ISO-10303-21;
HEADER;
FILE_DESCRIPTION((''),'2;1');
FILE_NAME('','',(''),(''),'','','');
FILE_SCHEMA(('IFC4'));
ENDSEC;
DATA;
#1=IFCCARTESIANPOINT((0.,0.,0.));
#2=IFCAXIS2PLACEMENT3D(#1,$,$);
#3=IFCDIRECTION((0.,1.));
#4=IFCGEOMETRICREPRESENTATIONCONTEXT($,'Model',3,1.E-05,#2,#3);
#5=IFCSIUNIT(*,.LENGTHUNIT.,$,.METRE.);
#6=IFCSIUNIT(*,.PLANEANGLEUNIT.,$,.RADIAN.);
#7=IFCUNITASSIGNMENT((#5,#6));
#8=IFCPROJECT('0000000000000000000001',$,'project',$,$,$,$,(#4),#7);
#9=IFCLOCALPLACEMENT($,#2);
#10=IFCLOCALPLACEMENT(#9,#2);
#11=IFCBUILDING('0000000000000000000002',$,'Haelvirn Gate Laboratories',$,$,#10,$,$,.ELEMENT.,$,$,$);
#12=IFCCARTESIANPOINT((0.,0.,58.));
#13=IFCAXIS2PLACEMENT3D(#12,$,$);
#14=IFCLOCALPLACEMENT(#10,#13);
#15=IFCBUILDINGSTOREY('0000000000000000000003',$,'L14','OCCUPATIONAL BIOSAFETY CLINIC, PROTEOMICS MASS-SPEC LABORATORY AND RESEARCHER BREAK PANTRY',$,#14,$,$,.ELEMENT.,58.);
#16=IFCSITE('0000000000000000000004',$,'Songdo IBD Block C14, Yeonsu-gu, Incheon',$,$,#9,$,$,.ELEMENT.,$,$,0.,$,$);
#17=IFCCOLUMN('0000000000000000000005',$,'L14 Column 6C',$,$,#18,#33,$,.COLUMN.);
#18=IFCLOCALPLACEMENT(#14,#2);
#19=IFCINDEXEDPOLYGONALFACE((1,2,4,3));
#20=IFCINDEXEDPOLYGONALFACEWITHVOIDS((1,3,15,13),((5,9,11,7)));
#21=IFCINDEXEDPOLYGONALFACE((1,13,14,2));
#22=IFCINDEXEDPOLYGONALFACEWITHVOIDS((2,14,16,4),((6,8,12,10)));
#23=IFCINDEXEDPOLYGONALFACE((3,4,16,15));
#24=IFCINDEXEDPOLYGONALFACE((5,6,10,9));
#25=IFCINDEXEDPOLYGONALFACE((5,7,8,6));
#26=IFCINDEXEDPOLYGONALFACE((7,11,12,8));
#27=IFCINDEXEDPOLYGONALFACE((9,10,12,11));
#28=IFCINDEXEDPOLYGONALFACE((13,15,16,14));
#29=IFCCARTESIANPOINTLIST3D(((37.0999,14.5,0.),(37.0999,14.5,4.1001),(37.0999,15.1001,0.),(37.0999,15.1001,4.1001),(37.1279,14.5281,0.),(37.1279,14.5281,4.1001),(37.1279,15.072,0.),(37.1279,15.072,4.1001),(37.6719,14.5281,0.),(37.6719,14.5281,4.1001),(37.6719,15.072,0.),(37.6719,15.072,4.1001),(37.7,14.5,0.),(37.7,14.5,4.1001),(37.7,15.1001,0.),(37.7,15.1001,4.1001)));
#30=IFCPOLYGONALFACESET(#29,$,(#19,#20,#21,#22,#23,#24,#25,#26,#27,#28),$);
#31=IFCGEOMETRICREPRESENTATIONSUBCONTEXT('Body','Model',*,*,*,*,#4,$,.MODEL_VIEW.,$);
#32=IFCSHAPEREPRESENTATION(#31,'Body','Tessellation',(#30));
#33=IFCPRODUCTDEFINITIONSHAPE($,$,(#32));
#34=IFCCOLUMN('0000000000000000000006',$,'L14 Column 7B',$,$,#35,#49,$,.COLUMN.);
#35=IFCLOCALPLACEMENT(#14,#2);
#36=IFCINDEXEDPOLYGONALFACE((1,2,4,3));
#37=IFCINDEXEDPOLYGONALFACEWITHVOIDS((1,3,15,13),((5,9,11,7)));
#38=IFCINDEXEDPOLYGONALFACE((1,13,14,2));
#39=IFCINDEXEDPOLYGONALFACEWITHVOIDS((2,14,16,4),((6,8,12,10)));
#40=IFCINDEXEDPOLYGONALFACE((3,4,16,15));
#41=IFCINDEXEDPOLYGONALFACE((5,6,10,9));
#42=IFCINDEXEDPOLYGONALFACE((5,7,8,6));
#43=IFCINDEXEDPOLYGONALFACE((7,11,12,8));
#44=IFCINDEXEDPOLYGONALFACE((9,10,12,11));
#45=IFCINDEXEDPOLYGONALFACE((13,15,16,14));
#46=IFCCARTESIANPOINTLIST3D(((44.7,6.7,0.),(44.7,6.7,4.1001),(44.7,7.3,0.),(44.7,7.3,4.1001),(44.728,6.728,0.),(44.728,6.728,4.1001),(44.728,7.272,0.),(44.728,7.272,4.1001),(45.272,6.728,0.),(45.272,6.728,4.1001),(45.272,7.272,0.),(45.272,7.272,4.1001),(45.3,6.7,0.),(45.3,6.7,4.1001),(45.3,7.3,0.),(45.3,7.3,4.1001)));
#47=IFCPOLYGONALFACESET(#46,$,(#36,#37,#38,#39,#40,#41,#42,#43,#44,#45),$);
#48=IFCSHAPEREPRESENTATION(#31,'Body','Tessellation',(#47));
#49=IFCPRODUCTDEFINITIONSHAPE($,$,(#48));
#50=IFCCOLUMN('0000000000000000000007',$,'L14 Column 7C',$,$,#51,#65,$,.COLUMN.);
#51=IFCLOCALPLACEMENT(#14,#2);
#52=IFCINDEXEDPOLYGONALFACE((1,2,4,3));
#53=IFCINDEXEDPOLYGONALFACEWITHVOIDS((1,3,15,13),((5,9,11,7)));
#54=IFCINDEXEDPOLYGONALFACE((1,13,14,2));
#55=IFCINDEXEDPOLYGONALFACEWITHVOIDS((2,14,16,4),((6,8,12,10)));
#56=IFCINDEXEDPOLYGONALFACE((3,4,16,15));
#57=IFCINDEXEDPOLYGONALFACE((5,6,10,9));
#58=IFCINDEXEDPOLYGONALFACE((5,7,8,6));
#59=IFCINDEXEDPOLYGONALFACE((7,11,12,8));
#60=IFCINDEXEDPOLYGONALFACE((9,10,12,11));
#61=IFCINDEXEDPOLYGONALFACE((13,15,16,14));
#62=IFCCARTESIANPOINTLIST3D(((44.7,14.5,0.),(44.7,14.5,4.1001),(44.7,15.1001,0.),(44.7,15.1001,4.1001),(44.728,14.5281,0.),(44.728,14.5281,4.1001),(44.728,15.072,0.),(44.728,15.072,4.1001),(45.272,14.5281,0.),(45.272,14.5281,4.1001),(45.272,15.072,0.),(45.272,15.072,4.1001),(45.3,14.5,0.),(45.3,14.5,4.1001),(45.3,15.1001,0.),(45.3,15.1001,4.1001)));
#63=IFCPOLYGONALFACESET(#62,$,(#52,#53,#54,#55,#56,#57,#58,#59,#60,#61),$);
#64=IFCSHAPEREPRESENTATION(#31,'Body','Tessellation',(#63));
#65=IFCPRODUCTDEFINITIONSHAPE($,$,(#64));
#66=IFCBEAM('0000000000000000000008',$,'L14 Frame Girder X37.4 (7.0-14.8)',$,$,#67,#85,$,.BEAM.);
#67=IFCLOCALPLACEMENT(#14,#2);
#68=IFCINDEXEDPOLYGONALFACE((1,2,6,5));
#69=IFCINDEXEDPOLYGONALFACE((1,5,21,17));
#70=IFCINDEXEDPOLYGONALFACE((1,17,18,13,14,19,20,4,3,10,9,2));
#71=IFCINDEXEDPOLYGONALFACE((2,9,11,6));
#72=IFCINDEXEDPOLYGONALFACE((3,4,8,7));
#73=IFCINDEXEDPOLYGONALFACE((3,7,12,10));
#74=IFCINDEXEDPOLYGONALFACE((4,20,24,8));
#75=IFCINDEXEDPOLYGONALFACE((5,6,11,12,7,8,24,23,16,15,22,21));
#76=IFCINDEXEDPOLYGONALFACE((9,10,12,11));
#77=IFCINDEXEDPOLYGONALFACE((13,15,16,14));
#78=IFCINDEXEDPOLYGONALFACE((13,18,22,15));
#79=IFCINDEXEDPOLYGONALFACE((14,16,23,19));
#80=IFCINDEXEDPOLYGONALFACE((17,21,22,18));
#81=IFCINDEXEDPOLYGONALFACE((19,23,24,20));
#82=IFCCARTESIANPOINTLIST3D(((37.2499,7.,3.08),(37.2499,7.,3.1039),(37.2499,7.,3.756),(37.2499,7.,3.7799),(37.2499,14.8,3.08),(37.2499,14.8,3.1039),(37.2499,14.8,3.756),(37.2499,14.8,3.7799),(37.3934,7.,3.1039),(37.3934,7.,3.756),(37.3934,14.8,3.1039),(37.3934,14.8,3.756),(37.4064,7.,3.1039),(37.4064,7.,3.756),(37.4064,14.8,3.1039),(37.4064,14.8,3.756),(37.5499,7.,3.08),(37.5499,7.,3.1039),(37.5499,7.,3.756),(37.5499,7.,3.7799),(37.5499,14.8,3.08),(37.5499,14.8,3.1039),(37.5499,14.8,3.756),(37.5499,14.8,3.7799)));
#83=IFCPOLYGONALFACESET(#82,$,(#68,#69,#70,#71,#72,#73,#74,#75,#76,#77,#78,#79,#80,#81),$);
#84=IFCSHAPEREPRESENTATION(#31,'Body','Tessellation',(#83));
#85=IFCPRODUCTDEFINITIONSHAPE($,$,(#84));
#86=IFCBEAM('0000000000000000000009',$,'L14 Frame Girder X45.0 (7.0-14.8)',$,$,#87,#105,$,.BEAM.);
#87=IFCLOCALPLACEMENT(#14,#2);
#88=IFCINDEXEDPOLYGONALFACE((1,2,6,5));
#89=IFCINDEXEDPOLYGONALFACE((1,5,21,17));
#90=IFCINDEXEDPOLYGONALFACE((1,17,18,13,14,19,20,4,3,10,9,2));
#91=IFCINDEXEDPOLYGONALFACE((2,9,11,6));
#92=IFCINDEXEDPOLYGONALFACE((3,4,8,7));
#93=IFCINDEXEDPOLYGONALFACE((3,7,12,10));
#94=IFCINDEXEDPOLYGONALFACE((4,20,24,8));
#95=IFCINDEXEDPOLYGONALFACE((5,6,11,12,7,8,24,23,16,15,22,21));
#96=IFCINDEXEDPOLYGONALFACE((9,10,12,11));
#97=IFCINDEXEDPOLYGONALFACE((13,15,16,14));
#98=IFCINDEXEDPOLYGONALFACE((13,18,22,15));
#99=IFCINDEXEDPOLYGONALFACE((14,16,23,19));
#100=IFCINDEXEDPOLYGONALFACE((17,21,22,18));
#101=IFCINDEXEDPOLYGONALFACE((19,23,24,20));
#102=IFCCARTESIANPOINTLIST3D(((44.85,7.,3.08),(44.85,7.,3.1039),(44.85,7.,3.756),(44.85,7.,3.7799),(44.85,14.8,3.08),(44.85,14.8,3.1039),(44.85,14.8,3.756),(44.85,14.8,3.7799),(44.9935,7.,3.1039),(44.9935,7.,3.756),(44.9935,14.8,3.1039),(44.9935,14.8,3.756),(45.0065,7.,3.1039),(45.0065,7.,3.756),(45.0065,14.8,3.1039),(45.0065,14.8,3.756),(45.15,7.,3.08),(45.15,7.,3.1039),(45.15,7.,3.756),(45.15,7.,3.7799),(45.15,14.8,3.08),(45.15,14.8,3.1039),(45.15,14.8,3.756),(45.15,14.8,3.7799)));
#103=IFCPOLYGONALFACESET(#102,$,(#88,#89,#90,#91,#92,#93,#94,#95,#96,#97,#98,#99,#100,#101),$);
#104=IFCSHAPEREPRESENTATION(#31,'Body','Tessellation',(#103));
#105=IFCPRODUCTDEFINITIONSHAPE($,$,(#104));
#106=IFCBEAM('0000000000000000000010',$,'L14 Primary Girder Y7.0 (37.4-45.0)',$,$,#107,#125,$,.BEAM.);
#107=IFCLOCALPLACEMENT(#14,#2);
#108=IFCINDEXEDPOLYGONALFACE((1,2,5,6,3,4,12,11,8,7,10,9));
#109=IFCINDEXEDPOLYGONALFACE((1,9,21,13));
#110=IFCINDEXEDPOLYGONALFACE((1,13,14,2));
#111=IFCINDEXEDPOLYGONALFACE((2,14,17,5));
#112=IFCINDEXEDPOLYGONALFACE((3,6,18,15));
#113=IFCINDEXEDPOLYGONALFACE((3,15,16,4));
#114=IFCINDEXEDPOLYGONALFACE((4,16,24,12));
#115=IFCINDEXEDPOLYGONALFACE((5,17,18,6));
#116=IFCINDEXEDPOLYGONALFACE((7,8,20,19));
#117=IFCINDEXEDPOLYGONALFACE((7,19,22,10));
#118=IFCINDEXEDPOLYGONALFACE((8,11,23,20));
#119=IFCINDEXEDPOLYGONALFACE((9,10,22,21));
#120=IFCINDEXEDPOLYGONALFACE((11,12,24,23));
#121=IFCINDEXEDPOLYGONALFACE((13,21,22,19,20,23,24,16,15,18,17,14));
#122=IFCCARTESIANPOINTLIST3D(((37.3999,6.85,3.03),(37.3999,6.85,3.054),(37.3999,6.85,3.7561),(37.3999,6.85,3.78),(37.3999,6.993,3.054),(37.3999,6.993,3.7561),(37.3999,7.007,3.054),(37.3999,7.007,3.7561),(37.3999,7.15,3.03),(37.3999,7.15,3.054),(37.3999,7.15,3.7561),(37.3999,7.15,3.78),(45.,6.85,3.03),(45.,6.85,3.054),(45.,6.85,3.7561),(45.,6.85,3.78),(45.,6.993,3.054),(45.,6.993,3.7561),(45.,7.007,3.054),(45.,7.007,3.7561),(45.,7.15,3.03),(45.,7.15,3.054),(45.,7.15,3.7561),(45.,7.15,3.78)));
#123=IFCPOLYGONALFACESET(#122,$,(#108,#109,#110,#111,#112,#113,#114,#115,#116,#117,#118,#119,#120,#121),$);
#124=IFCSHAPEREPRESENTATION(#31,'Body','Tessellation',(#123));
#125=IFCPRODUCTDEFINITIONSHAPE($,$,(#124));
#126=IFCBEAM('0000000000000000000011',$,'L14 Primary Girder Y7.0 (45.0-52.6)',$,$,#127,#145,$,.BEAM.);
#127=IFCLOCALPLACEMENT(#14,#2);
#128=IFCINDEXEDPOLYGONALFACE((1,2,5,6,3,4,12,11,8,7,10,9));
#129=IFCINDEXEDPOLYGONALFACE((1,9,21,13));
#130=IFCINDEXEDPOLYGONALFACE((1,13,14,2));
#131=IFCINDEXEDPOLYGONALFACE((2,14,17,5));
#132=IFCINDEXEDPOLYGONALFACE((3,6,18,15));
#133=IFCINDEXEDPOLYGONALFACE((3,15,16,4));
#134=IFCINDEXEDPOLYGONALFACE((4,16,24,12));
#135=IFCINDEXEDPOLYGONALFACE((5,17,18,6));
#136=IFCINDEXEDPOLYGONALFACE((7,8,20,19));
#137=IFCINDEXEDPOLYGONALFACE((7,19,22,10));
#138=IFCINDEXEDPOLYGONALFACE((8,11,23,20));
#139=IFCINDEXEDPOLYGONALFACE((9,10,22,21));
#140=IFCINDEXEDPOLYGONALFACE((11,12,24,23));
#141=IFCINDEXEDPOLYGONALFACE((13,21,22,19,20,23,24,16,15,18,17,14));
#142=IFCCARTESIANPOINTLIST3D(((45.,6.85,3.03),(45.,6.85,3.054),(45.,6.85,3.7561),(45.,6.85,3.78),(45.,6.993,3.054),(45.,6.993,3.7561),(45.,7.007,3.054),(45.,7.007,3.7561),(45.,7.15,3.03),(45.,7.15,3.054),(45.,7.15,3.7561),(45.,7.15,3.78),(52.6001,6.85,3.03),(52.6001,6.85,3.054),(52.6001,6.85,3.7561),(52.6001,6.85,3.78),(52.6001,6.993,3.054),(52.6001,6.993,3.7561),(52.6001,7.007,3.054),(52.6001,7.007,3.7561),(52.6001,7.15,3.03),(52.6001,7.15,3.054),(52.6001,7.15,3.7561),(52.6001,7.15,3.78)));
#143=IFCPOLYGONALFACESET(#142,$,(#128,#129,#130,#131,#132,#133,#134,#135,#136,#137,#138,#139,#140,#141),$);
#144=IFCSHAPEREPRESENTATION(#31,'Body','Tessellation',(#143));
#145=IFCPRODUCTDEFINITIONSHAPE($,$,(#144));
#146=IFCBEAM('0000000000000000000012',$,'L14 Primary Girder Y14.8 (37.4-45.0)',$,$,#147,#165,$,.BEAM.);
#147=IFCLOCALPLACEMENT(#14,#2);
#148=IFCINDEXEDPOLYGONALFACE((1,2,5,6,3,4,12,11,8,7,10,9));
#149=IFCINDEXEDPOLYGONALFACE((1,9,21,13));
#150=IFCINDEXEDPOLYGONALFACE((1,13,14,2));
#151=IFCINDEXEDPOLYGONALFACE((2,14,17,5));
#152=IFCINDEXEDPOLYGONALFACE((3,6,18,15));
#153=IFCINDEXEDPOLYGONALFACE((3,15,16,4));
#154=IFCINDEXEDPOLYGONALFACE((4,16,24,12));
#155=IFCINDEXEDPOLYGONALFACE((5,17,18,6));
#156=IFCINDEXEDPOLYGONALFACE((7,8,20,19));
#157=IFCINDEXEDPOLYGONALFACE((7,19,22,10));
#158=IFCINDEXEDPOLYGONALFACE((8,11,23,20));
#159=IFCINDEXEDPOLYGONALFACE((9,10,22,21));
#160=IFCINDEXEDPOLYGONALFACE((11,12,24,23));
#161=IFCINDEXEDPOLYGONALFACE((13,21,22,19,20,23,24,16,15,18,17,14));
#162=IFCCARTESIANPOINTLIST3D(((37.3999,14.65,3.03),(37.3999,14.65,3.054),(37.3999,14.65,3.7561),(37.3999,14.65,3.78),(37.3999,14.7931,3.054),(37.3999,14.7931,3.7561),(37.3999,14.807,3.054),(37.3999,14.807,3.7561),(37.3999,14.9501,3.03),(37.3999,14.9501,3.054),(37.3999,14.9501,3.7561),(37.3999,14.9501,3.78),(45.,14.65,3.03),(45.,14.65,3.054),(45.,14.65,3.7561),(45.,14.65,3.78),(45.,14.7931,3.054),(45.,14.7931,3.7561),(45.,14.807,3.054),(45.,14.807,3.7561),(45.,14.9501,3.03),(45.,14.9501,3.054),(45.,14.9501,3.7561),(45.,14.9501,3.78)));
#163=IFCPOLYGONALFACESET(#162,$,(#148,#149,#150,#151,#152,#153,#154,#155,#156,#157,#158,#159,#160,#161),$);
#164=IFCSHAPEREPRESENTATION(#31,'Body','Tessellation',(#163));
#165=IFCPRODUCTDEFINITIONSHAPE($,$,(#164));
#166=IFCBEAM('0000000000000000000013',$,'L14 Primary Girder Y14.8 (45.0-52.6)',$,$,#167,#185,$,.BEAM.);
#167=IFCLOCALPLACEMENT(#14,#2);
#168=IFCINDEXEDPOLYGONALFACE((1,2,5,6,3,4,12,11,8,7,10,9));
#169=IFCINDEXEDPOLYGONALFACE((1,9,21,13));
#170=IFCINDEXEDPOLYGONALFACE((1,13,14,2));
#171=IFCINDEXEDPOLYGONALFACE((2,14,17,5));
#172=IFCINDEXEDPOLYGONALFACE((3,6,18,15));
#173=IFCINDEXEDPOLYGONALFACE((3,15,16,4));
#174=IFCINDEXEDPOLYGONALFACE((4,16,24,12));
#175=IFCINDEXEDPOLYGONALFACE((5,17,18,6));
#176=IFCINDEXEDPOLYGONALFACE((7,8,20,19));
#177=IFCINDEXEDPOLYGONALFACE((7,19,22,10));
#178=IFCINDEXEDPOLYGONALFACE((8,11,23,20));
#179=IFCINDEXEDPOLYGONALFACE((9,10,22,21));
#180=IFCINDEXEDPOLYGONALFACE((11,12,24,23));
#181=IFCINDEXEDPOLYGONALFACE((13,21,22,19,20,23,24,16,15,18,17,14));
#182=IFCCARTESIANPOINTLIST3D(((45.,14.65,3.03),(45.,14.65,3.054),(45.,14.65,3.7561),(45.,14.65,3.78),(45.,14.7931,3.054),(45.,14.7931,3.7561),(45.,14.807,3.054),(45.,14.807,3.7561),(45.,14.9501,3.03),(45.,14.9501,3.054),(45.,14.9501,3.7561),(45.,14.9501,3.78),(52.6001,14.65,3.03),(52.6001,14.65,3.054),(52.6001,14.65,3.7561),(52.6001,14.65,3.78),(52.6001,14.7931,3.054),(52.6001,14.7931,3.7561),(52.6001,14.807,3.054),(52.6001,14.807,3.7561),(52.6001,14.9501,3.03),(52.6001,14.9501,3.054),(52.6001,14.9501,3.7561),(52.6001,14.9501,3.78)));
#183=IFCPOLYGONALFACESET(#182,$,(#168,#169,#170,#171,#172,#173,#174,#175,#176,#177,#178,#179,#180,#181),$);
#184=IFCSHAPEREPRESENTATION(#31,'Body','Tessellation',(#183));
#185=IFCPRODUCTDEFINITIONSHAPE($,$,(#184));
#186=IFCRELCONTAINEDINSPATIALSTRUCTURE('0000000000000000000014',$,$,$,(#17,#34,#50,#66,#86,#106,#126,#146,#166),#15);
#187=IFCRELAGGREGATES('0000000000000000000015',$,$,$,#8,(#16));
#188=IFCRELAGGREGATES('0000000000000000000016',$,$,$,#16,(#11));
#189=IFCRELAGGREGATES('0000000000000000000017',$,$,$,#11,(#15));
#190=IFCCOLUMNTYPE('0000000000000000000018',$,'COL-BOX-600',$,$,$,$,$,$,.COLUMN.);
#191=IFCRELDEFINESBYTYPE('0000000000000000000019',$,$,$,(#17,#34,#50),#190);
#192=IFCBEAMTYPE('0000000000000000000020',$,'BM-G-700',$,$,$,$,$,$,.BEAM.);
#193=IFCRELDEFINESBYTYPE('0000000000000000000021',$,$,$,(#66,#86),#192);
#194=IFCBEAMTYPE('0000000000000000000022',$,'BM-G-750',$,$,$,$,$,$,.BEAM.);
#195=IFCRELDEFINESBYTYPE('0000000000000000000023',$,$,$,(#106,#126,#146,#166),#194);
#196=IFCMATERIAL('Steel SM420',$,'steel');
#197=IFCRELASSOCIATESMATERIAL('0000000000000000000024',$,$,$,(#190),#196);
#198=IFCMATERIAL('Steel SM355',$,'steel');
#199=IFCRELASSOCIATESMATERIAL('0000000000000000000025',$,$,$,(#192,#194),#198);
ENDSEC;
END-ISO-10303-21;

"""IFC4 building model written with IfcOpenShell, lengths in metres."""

from ifc_helpers import new_model, si_unit, direction, frame, origin, origin_2d, place, context, subcontext, project, spatial, hollow_rectangle, i_section, extrude, source, transform, mapped, material, material_profile, profile_set, type_object, type_shapes, element, save


model = new_model("IFC4")

# Units and contexts
model_context = context("Model", 3, precision=1e-05, world=origin(), true_north=direction((0.0, 1.0)))
body_context = subcontext(model_context, "Body", "Model", "MODEL_VIEW")
ifc_project = project(units=[si_unit("LENGTHUNIT", "METRE"), si_unit("PLANEANGLEUNIT", "RADIAN")], contexts=[model_context])

# Site, building, storey
site_placement = place(None, origin())
site = spatial("IfcSite", under=ifc_project, at=site_placement, Name="Songdo IBD Block C14, Yeonsu-gu, Incheon", CompositionType="ELEMENT", RefElevation=0.0)
building_placement = place(site_placement, origin())
building = spatial("IfcBuilding", under=site, at=building_placement, Name="Haelvirn Gate Laboratories", CompositionType="ELEMENT")
storey_placement = place(building_placement, frame((0.0, 0.0, 58.0)))
storey = spatial("IfcBuildingStorey", under=building, at=storey_placement, Name="L14", Description="OCCUPATIONAL BIOSAFETY CLINIC, PROTEOMICS MASS-SPEC LABORATORY AND RESEARCHER BREAK PANTRY", CompositionType="ELEMENT", Elevation=58.0)

# Columns
ifc_material_1 = material(Name="Steel SM420", Category="steel")
ifc_material_profile_1 = material_profile(ifc_material_1, hollow_rectangle(XDim=0.6001, YDim=0.6001, WallThickness=0.0281, at=origin_2d()), Name="BOX-600x600x28")
ifc_profile_set_1 = profile_set([ifc_material_profile_1], Name="Steel SM420")
column_type = type_object("IfcColumnType", Name="COL-BOX-600", PredefinedType="COLUMN", material=ifc_profile_set_1)
shared_shape_1 = source(origin(), body_context, "Body", "SweptSolid", [
    extrude(hollow_rectangle(XDim=0.6001, YDim=0.6001, WallThickness=0.0281, at=origin_2d()), origin(), (0.0, 0.0, 1.0), 4.1001),
])
type_shapes(column_type, [shared_shape_1])
for number, where, z_axis, x_axis, name in (
    (1, (37.3999, 14.8, 0.0), (0.0, 0.0, 1.0), (1.0, 0.0, 0.0), "L14 Column 6C"),
    (2, (45.0, 7.0, 0.0), (0.0, 0.0, 1.0), (1.0, 0.0, 0.0), "L14 Column 7B"),
    (3, (45.0, 14.8, 0.0), (0.0, 0.0, 1.0), (1.0, 0.0, 0.0), "L14 Column 7C"),
):
    element("IfcColumn", number, at=place(storey_placement, frame(where, z_axis=z_axis, x_axis=x_axis)), inside=storey, type_object=column_type, Name=name, PredefinedType="COLUMN", context=body_context, shape_type="MappedRepresentation", body=[
        mapped(shared_shape_1, transform((0.0, 0.0, 0.0), scale=1.0)),
    ])

# Beams
ifc_material_2 = material(Name="Steel SM355", Category="steel")
ifc_material_profile_2 = material_profile(ifc_material_2, i_section(OverallWidth=0.3, OverallDepth=0.7, WebThickness=0.0129, FlangeThickness=0.0239, at=origin_2d()), Name="H-700x300x13x24")
ifc_profile_set_2 = profile_set([ifc_material_profile_2], Name="Steel SM355")
beam_type_1 = type_object("IfcBeamType", Name="BM-G-700", PredefinedType="BEAM", material=ifc_profile_set_2)
shared_shape_2 = source(origin(), body_context, "Body", "SweptSolid", [
    extrude(i_section(OverallWidth=0.3, OverallDepth=0.7, WebThickness=0.0129, FlangeThickness=0.0239, at=origin_2d()), origin(), (0.0, 0.0, 1.0), 7.8),
])
type_shapes(beam_type_1, [shared_shape_2])
for number, where, z_axis, x_axis, name in (
    (4, (37.3999, 7.0, 3.4299), (0.0, 1.0, 0.0), (-1.0, 0.0, 0.0), "L14 Frame Girder X37.4 (7.0-14.8)"),
    (5, (45.0, 7.0, 3.4299), (0.0, 1.0, 0.0), (-1.0, 0.0, 0.0), "L14 Frame Girder X45.0 (7.0-14.8)"),
):
    element("IfcBeam", number, at=place(storey_placement, frame(where, z_axis=z_axis, x_axis=x_axis)), inside=storey, type_object=beam_type_1, Name=name, PredefinedType="BEAM", context=body_context, shape_type="MappedRepresentation", body=[
        mapped(shared_shape_2, transform((0.0, 0.0, 0.0), scale=1.0)),
    ])
ifc_material_profile_3 = material_profile(ifc_material_2, i_section(OverallWidth=0.3, OverallDepth=0.75, WebThickness=0.0139, FlangeThickness=0.0239, at=origin_2d()), Name="H-750x300x14x24")
ifc_profile_set_3 = profile_set([ifc_material_profile_3], Name="Steel SM355")
beam_type_2 = type_object("IfcBeamType", Name="BM-G-750", PredefinedType="BEAM", material=ifc_profile_set_3)
shared_shape_3 = source(origin(), body_context, "Body", "SweptSolid", [
    extrude(i_section(OverallWidth=0.3, OverallDepth=0.75, WebThickness=0.0139, FlangeThickness=0.0239, at=origin_2d()), origin(), (0.0, 0.0, 1.0), 7.6001),
])
type_shapes(beam_type_2, [shared_shape_3])
for number, where, z_axis, x_axis, name in (
    (6, (37.3999, 7.0, 3.405), (1.0, 0.0, 0.0), (0.0, 1.0, 0.0), "L14 Primary Girder Y7.0 (37.4-45.0)"),
    (7, (45.0, 7.0, 3.405), (1.0, 0.0, 0.0), (0.0, 1.0, 0.0), "L14 Primary Girder Y7.0 (45.0-52.6)"),
    (8, (37.3999, 14.8, 3.405), (1.0, 0.0, 0.0), (0.0, 1.0, 0.0), "L14 Primary Girder Y14.8 (37.4-45.0)"),
    (9, (45.0, 14.8, 3.405), (1.0, 0.0, 0.0), (0.0, 1.0, 0.0), "L14 Primary Girder Y14.8 (45.0-52.6)"),
):
    element("IfcBeam", number, at=place(storey_placement, frame(where, z_axis=z_axis, x_axis=x_axis)), inside=storey, type_object=beam_type_2, Name=name, PredefinedType="BEAM", context=body_context, shape_type="MappedRepresentation", body=[
        mapped(shared_shape_3, transform((0.0, 0.0, 0.0), scale=1.0)),
    ])

save(model, "model.ifc")
